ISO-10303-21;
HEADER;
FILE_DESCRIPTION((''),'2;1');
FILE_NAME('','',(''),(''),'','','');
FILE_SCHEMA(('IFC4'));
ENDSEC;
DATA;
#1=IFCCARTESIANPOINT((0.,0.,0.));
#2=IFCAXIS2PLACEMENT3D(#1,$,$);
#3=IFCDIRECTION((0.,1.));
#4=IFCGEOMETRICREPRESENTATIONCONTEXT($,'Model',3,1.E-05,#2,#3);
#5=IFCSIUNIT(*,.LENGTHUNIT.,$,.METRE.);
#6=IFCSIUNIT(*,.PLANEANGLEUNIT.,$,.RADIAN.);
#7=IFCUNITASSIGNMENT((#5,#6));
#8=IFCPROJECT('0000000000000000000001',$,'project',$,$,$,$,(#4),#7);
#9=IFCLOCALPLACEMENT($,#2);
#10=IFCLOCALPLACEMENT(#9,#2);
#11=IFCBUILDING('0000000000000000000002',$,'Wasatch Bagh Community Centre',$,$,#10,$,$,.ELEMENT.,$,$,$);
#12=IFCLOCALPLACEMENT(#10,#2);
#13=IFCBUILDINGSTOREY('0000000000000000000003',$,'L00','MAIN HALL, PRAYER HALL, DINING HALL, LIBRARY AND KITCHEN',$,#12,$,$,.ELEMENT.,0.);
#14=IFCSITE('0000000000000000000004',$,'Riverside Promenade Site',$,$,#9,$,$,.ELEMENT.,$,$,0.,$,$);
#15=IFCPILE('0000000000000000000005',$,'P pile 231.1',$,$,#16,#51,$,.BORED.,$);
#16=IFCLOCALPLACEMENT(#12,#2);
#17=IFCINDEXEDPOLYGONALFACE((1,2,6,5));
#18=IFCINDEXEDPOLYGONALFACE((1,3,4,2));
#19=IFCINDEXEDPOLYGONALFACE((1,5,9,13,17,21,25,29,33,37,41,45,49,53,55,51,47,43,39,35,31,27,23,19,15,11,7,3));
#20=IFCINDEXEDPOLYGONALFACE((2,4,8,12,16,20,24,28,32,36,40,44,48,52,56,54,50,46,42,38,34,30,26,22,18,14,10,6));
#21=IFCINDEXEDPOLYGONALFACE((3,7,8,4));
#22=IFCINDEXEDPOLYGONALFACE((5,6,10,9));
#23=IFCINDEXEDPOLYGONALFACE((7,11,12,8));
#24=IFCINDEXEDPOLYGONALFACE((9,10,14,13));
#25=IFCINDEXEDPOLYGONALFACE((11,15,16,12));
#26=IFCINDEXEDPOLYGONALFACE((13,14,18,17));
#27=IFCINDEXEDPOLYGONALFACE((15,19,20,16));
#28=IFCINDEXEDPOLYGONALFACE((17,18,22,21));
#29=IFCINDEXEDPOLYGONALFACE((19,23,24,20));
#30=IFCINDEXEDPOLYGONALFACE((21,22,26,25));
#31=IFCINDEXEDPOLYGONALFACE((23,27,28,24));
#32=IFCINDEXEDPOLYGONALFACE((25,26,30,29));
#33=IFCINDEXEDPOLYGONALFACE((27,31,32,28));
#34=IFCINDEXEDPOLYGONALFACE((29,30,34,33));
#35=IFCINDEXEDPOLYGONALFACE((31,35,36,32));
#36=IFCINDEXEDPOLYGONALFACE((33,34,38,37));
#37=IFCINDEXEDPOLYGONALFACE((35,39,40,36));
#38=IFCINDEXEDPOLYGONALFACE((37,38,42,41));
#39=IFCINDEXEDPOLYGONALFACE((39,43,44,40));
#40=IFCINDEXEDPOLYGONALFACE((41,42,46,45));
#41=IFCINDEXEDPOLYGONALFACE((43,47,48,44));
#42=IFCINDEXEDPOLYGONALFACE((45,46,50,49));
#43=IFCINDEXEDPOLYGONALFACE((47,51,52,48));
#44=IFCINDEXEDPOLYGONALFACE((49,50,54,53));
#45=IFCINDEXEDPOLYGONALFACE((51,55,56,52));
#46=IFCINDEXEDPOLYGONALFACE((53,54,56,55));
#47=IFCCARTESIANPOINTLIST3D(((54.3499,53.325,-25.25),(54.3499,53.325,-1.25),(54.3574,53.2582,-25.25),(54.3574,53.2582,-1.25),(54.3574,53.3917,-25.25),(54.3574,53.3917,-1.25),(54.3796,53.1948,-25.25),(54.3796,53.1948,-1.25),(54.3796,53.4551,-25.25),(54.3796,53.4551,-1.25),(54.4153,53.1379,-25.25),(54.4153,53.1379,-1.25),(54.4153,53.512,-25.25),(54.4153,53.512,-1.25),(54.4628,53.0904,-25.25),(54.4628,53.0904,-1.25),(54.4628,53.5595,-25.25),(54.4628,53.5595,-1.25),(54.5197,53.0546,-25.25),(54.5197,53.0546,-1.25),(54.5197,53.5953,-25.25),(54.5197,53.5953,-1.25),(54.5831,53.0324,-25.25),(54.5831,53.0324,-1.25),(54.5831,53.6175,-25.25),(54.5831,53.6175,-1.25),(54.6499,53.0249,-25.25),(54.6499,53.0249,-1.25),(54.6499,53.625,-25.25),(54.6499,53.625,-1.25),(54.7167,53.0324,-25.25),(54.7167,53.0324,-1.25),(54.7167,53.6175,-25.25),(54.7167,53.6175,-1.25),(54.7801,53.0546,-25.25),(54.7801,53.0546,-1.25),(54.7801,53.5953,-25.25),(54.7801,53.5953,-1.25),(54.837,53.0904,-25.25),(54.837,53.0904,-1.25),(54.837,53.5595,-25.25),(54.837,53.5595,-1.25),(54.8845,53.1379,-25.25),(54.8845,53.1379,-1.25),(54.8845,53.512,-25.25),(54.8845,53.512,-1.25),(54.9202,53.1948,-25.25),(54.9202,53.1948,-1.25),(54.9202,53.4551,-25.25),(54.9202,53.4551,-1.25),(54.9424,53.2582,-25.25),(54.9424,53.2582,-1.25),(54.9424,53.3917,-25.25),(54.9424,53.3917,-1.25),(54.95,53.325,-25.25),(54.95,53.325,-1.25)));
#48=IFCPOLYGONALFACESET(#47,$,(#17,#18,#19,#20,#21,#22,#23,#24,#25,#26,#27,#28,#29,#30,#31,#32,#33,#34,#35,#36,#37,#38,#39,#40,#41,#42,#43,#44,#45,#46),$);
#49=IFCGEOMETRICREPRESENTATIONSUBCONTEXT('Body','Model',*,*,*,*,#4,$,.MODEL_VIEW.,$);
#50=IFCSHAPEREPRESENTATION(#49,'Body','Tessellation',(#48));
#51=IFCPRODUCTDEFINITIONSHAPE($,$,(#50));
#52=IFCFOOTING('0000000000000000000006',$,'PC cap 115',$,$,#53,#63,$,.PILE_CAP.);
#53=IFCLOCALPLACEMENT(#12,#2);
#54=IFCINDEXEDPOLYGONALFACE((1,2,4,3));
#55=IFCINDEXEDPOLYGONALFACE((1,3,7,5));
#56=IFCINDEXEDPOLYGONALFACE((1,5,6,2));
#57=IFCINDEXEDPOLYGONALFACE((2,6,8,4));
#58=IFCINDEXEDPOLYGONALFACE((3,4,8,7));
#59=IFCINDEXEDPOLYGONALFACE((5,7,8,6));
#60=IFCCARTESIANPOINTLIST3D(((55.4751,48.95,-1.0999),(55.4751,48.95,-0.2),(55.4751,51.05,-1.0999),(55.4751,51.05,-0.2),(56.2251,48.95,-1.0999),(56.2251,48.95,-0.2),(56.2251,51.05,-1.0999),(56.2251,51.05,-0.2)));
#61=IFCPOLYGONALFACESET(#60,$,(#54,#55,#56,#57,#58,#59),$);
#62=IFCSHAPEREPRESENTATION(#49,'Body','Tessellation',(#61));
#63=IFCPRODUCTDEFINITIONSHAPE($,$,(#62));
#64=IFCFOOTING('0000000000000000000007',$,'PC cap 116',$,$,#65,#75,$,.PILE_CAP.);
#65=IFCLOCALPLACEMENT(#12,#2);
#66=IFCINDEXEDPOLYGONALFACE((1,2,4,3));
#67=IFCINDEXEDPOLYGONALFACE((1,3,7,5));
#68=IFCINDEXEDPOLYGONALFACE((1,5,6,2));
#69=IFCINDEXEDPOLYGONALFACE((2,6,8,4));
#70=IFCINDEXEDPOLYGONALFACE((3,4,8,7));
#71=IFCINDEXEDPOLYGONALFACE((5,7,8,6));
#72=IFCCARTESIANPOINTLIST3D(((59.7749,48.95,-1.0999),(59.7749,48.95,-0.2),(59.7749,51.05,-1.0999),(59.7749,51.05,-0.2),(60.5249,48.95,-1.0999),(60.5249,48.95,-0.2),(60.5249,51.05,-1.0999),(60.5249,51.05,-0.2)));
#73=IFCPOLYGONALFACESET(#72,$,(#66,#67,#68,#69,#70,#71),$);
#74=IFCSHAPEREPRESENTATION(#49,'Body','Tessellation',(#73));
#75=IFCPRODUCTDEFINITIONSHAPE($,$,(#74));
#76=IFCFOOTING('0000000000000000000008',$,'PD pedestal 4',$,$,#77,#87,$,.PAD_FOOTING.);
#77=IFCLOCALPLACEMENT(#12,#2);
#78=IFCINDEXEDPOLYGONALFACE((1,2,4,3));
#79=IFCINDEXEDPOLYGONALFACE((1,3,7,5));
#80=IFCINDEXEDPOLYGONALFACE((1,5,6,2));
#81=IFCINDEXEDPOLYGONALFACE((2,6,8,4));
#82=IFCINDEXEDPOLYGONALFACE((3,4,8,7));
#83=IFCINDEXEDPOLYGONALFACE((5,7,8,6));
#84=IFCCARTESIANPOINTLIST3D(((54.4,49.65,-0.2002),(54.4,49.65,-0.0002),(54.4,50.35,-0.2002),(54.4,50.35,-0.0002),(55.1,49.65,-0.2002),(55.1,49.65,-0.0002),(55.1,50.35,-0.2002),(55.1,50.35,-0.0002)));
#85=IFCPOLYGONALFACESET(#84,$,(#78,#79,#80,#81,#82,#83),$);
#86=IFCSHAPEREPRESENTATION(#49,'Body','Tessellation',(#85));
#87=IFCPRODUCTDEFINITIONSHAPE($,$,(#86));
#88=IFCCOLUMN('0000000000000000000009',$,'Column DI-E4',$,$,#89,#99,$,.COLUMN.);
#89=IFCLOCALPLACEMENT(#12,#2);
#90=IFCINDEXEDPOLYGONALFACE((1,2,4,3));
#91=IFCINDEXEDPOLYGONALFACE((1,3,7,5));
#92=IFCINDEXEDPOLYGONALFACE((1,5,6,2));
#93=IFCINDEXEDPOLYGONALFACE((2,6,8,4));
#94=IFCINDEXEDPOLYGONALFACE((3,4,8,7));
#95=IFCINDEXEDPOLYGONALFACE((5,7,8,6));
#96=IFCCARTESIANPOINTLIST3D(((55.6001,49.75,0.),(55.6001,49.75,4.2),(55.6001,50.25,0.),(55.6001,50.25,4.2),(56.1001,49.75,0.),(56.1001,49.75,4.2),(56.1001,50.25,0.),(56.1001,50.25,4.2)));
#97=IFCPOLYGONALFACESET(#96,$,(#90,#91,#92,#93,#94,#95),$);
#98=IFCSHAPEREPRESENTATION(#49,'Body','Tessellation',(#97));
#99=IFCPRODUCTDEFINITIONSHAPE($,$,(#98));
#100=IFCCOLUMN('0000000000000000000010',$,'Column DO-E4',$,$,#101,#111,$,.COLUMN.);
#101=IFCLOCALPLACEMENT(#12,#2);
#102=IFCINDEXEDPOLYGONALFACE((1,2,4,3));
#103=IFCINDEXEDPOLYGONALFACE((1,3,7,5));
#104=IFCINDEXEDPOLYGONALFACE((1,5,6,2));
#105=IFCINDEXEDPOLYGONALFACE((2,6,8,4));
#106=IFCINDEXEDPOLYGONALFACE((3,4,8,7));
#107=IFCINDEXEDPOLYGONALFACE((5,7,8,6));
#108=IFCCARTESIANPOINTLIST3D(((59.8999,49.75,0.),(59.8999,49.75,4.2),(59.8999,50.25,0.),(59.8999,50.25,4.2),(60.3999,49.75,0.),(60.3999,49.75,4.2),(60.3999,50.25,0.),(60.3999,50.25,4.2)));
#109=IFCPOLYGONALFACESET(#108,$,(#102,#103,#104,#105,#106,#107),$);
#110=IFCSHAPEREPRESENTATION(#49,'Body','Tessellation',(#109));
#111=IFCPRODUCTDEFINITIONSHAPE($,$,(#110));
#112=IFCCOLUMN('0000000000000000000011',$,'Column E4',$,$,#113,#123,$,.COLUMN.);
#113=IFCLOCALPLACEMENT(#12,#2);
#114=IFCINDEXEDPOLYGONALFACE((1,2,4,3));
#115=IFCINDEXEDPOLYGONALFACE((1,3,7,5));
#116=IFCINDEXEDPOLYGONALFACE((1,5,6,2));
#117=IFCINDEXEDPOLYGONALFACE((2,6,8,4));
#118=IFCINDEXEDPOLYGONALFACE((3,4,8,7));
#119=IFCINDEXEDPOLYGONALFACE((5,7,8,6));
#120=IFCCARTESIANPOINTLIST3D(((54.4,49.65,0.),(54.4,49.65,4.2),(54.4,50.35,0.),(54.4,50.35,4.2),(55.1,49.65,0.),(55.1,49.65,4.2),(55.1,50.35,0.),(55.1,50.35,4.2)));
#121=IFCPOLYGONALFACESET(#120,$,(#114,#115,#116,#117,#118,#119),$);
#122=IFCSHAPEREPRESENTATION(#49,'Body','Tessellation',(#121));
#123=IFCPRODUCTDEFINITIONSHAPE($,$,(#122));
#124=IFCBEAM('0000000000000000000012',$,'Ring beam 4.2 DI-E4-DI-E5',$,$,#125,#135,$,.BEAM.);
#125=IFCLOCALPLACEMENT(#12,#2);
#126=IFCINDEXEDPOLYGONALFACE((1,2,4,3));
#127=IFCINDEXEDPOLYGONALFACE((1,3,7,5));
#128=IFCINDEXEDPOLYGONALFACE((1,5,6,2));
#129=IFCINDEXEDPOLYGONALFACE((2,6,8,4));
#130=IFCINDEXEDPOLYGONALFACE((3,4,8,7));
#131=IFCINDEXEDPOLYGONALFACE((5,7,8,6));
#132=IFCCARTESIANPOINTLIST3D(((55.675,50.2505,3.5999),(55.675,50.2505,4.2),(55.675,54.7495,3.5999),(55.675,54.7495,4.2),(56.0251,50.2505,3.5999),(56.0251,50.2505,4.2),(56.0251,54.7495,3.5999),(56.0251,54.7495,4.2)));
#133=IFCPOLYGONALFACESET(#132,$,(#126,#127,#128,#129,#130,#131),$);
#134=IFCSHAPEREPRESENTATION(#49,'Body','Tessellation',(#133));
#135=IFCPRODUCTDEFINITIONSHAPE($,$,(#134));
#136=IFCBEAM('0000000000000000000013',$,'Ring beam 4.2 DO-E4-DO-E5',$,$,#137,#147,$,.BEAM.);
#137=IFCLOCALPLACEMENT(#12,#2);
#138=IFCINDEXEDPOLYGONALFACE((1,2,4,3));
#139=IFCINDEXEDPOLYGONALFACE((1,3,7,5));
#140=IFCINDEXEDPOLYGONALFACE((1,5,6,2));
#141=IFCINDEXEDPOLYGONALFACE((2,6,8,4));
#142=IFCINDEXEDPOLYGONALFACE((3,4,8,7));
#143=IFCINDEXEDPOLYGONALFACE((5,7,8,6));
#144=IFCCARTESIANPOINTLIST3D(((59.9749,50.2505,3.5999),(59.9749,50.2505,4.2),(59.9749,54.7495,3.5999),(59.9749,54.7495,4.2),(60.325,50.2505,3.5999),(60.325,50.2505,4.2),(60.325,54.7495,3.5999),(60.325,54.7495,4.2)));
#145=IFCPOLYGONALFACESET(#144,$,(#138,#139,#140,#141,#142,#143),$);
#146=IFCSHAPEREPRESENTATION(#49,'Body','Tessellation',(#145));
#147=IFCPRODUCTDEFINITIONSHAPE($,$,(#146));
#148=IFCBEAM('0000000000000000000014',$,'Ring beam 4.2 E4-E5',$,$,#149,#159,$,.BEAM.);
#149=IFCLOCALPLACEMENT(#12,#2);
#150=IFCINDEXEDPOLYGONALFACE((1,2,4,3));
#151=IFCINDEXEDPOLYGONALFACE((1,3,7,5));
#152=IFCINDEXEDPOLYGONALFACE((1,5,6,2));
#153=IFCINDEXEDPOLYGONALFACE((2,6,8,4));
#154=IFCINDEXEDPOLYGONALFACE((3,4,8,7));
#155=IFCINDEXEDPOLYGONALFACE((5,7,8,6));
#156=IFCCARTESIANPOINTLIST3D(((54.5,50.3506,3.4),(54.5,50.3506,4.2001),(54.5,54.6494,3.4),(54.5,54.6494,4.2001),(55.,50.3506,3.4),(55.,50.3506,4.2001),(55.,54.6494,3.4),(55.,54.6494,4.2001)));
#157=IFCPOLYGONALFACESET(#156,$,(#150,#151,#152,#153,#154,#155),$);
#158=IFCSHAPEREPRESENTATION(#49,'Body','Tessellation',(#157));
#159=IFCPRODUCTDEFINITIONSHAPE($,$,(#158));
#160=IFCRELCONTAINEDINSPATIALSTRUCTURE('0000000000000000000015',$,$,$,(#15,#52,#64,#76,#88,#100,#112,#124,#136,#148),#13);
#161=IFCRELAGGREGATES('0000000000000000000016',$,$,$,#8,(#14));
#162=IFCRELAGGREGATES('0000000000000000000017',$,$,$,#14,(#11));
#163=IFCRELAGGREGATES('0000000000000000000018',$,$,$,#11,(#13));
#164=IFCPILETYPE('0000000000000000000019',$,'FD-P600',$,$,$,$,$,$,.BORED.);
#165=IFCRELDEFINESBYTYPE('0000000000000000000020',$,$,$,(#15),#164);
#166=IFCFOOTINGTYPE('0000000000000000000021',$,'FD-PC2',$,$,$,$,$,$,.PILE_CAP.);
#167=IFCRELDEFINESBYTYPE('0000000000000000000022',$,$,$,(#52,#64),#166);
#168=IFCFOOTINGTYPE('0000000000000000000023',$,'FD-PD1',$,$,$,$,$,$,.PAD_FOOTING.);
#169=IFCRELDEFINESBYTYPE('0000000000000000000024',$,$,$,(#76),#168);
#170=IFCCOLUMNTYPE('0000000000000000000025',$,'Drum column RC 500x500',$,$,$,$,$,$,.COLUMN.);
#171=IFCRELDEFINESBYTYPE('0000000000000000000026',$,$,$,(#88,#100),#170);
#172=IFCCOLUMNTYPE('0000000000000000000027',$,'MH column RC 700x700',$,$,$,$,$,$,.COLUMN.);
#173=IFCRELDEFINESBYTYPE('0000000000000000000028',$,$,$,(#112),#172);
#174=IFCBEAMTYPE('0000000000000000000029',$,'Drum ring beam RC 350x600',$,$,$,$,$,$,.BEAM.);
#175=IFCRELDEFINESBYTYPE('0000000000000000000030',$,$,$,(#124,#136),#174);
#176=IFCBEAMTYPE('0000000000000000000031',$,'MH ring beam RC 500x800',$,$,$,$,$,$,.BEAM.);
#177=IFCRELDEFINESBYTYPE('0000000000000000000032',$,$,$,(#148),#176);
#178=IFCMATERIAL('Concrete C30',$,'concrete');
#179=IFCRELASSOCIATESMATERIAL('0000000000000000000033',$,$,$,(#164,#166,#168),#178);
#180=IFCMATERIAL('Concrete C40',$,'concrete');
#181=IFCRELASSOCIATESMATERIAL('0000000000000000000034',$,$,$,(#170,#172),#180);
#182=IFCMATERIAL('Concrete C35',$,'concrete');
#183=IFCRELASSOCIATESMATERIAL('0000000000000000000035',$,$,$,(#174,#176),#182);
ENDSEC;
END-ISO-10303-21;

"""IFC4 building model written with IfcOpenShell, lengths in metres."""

from ifc_helpers import new_model, si_unit, direction, frame, origin, origin_2d, place, context, subcontext, project, spatial, rectangle, circle, extrude, material, material_profile, profile_set, type_object, element, save


model = new_model("IFC4")

# Units and contexts
model_context = context("Model", 3, precision=1e-05, world=origin(), true_north=direction((0.0, 1.0)))
body_context = subcontext(model_context, "Body", "Model", "MODEL_VIEW")
ifc_project = project(units=[si_unit("LENGTHUNIT", "METRE"), si_unit("PLANEANGLEUNIT", "RADIAN")], contexts=[model_context])

# Site, building, storey
site_placement = place(None, origin())
site = spatial("IfcSite", under=ifc_project, at=site_placement, Name="Riverside Promenade Site", CompositionType="ELEMENT", RefElevation=0.0)
building_placement = place(site_placement, origin())
building = spatial("IfcBuilding", under=site, at=building_placement, Name="Wasatch Bagh Community Centre", CompositionType="ELEMENT")
storey_placement = place(building_placement, origin())
storey = spatial("IfcBuildingStorey", under=building, at=storey_placement, Name="L00", Description="MAIN HALL, PRAYER HALL, DINING HALL, LIBRARY AND KITCHEN", CompositionType="ELEMENT", Elevation=0.0)

# Shared definitions
ifc_material_1 = material(Name="Concrete C35", Category="concrete")

# Pile
ifc_material_2 = material(Name="Concrete C30", Category="concrete")
ifc_material_profile_1 = material_profile(ifc_material_2, circle(Radius=0.3, at=origin_2d()), Name="RC D600")
ifc_profile_set_1 = profile_set([ifc_material_profile_1], Name="Concrete C30")
pile_type_1 = type_object("IfcPileType", Name="FD-P600", PredefinedType="BORED", material=ifc_profile_set_1)
for number, where, z_axis, x_axis, name in (
    (1, (54.6499, 53.325, -1.25), (0.0, 0.0, -1.0), (1.0, 0.0, 0.0), "P pile 231.1"),
):
    element("IfcPile", number, at=place(storey_placement, frame(where, z_axis=z_axis, x_axis=x_axis)), inside=storey, type_object=pile_type_1, Name=name, PredefinedType="BORED", context=body_context, shape_type="SweptSolid", body=[
        extrude(circle(Radius=0.3, at=origin_2d()), origin(), (0.0, 0.0, 1.0), 24.0),
    ])

# Footings
footing_type_1 = type_object("IfcFootingType", Name="FD-PC2", PredefinedType="PILE_CAP", material=ifc_material_2)
for number, where, z_axis, x_axis, name in (
    (2, (55.8501, 50.0, -1.0999), (0.0, 0.0, 1.0), (0.0, 1.0, 0.0), "PC cap 115"),
    (3, (60.1499, 50.0, -1.0999), (0.0, 0.0, 1.0), (0.0, 1.0, 0.0), "PC cap 116"),
):
    element("IfcFooting", number, at=place(storey_placement, frame(where, z_axis=z_axis, x_axis=x_axis)), inside=storey, type_object=footing_type_1, Name=name, PredefinedType="PILE_CAP", context=body_context, shape_type="SweptSolid", body=[
        extrude(rectangle(XDim=2.1001, YDim=0.75, at=origin_2d()), origin(), (0.0, 0.0, 1.0), 0.8999),
    ])
footing_type_2 = type_object("IfcFootingType", Name="FD-PD1", PredefinedType="PAD_FOOTING", material=ifc_material_2)
footing_1_placement = place(storey_placement, frame((54.75, 50.0, -0.2002), z_axis=(0.0, 0.0, 1.0), x_axis=(1.0, 0.0, 0.0)))
element("IfcFooting", 4, at=footing_1_placement, inside=storey, type_object=footing_type_2, Name="PD pedestal 4", PredefinedType="PAD_FOOTING", context=body_context, shape_type="SweptSolid", body=[
    extrude(rectangle(XDim=0.7, YDim=0.7, at=origin_2d()), origin(), (0.0, 0.0, 1.0), 0.2),
])

# Columns
ifc_material_3 = material(Name="Concrete C40", Category="concrete")
ifc_material_profile_2 = material_profile(ifc_material_3, rectangle(XDim=0.5, YDim=0.5, at=origin_2d()), Name="RC 500x500")
ifc_profile_set_2 = profile_set([ifc_material_profile_2], Name="Concrete C40")
column_type_1 = type_object("IfcColumnType", Name="Drum column RC 500x500", PredefinedType="COLUMN", material=ifc_profile_set_2)
for number, where, z_axis, x_axis, name in (
    (5, (55.8501, 50.0, 0.0), (0.0, 0.0, 1.0), (1.0, 0.0, 0.0), "Column DI-E4"),
    (6, (60.1499, 50.0, 0.0), (0.0, 0.0, 1.0), (1.0, 0.0, 0.0), "Column DO-E4"),
):
    element("IfcColumn", number, at=place(storey_placement, frame(where, z_axis=z_axis, x_axis=x_axis)), inside=storey, type_object=column_type_1, Name=name, PredefinedType="COLUMN", context=body_context, shape_type="SweptSolid", body=[
        extrude(rectangle(XDim=0.5, YDim=0.5, at=origin_2d()), origin(), (0.0, 0.0, 1.0), 4.2),
    ])
ifc_material_profile_3 = material_profile(ifc_material_3, rectangle(XDim=0.7, YDim=0.7, at=origin_2d()), Name="RC 700x700")
ifc_profile_set_3 = profile_set([ifc_material_profile_3], Name="Concrete C40")
column_type_2 = type_object("IfcColumnType", Name="MH column RC 700x700", PredefinedType="COLUMN", material=ifc_profile_set_3)
column_placement = place(storey_placement, frame((54.75, 50.0, 0.0), z_axis=(0.0, 0.0, 1.0), x_axis=(1.0, 0.0, 0.0)))
element("IfcColumn", 7, at=column_placement, inside=storey, type_object=column_type_2, Name="Column E4", PredefinedType="COLUMN", context=body_context, shape_type="SweptSolid", body=[
    extrude(rectangle(XDim=0.7, YDim=0.7, at=origin_2d()), origin(), (0.0, 0.0, 1.0), 4.2),
])

# Beams
ifc_material_profile_4 = material_profile(ifc_material_1, rectangle(XDim=0.3501, YDim=0.6001, at=origin_2d()), Name="RC 350x600")
ifc_profile_set_4 = profile_set([ifc_material_profile_4], Name="Concrete C35")
beam_type_1 = type_object("IfcBeamType", Name="Drum ring beam RC 350x600", PredefinedType="BEAM", material=ifc_profile_set_4)
for number, where, z_axis, x_axis, name in (
    (8, (55.8501, 50.2505, 3.8999), (0.0, 1.0, 0.0), (-1.0, 0.0, 0.0), "Ring beam 4.2 DI-E4-DI-E5"),
    (9, (60.1499, 50.2505, 3.8999), (0.0, 1.0, 0.0), (-1.0, 0.0, 0.0), "Ring beam 4.2 DO-E4-DO-E5"),
):
    element("IfcBeam", number, at=place(storey_placement, frame(where, z_axis=z_axis, x_axis=x_axis)), inside=storey, type_object=beam_type_1, Name=name, PredefinedType="BEAM", context=body_context, shape_type="SweptSolid", body=[
        extrude(rectangle(XDim=0.3501, YDim=0.6001, at=origin_2d()), origin(), (0.0, 0.0, 1.0), 4.499),
    ])
ifc_material_profile_5 = material_profile(ifc_material_1, rectangle(XDim=0.5, YDim=0.8, at=origin_2d()), Name="RC 500x800")
ifc_profile_set_5 = profile_set([ifc_material_profile_5], Name="Concrete C35")
beam_type_2 = type_object("IfcBeamType", Name="MH ring beam RC 500x800", PredefinedType="BEAM", material=ifc_profile_set_5)
beam_placement = place(storey_placement, frame((54.75, 50.3506, 3.8), z_axis=(0.0, 1.0, 0.0), x_axis=(-1.0, 0.0, 0.0)))
element("IfcBeam", 10, at=beam_placement, inside=storey, type_object=beam_type_2, Name="Ring beam 4.2 E4-E5", PredefinedType="BEAM", context=body_context, shape_type="SweptSolid", body=[
    extrude(rectangle(XDim=0.5, YDim=0.8, at=origin_2d()), origin(), (0.0, 0.0, 1.0), 4.2988),
])

save(model, "model.ifc")
